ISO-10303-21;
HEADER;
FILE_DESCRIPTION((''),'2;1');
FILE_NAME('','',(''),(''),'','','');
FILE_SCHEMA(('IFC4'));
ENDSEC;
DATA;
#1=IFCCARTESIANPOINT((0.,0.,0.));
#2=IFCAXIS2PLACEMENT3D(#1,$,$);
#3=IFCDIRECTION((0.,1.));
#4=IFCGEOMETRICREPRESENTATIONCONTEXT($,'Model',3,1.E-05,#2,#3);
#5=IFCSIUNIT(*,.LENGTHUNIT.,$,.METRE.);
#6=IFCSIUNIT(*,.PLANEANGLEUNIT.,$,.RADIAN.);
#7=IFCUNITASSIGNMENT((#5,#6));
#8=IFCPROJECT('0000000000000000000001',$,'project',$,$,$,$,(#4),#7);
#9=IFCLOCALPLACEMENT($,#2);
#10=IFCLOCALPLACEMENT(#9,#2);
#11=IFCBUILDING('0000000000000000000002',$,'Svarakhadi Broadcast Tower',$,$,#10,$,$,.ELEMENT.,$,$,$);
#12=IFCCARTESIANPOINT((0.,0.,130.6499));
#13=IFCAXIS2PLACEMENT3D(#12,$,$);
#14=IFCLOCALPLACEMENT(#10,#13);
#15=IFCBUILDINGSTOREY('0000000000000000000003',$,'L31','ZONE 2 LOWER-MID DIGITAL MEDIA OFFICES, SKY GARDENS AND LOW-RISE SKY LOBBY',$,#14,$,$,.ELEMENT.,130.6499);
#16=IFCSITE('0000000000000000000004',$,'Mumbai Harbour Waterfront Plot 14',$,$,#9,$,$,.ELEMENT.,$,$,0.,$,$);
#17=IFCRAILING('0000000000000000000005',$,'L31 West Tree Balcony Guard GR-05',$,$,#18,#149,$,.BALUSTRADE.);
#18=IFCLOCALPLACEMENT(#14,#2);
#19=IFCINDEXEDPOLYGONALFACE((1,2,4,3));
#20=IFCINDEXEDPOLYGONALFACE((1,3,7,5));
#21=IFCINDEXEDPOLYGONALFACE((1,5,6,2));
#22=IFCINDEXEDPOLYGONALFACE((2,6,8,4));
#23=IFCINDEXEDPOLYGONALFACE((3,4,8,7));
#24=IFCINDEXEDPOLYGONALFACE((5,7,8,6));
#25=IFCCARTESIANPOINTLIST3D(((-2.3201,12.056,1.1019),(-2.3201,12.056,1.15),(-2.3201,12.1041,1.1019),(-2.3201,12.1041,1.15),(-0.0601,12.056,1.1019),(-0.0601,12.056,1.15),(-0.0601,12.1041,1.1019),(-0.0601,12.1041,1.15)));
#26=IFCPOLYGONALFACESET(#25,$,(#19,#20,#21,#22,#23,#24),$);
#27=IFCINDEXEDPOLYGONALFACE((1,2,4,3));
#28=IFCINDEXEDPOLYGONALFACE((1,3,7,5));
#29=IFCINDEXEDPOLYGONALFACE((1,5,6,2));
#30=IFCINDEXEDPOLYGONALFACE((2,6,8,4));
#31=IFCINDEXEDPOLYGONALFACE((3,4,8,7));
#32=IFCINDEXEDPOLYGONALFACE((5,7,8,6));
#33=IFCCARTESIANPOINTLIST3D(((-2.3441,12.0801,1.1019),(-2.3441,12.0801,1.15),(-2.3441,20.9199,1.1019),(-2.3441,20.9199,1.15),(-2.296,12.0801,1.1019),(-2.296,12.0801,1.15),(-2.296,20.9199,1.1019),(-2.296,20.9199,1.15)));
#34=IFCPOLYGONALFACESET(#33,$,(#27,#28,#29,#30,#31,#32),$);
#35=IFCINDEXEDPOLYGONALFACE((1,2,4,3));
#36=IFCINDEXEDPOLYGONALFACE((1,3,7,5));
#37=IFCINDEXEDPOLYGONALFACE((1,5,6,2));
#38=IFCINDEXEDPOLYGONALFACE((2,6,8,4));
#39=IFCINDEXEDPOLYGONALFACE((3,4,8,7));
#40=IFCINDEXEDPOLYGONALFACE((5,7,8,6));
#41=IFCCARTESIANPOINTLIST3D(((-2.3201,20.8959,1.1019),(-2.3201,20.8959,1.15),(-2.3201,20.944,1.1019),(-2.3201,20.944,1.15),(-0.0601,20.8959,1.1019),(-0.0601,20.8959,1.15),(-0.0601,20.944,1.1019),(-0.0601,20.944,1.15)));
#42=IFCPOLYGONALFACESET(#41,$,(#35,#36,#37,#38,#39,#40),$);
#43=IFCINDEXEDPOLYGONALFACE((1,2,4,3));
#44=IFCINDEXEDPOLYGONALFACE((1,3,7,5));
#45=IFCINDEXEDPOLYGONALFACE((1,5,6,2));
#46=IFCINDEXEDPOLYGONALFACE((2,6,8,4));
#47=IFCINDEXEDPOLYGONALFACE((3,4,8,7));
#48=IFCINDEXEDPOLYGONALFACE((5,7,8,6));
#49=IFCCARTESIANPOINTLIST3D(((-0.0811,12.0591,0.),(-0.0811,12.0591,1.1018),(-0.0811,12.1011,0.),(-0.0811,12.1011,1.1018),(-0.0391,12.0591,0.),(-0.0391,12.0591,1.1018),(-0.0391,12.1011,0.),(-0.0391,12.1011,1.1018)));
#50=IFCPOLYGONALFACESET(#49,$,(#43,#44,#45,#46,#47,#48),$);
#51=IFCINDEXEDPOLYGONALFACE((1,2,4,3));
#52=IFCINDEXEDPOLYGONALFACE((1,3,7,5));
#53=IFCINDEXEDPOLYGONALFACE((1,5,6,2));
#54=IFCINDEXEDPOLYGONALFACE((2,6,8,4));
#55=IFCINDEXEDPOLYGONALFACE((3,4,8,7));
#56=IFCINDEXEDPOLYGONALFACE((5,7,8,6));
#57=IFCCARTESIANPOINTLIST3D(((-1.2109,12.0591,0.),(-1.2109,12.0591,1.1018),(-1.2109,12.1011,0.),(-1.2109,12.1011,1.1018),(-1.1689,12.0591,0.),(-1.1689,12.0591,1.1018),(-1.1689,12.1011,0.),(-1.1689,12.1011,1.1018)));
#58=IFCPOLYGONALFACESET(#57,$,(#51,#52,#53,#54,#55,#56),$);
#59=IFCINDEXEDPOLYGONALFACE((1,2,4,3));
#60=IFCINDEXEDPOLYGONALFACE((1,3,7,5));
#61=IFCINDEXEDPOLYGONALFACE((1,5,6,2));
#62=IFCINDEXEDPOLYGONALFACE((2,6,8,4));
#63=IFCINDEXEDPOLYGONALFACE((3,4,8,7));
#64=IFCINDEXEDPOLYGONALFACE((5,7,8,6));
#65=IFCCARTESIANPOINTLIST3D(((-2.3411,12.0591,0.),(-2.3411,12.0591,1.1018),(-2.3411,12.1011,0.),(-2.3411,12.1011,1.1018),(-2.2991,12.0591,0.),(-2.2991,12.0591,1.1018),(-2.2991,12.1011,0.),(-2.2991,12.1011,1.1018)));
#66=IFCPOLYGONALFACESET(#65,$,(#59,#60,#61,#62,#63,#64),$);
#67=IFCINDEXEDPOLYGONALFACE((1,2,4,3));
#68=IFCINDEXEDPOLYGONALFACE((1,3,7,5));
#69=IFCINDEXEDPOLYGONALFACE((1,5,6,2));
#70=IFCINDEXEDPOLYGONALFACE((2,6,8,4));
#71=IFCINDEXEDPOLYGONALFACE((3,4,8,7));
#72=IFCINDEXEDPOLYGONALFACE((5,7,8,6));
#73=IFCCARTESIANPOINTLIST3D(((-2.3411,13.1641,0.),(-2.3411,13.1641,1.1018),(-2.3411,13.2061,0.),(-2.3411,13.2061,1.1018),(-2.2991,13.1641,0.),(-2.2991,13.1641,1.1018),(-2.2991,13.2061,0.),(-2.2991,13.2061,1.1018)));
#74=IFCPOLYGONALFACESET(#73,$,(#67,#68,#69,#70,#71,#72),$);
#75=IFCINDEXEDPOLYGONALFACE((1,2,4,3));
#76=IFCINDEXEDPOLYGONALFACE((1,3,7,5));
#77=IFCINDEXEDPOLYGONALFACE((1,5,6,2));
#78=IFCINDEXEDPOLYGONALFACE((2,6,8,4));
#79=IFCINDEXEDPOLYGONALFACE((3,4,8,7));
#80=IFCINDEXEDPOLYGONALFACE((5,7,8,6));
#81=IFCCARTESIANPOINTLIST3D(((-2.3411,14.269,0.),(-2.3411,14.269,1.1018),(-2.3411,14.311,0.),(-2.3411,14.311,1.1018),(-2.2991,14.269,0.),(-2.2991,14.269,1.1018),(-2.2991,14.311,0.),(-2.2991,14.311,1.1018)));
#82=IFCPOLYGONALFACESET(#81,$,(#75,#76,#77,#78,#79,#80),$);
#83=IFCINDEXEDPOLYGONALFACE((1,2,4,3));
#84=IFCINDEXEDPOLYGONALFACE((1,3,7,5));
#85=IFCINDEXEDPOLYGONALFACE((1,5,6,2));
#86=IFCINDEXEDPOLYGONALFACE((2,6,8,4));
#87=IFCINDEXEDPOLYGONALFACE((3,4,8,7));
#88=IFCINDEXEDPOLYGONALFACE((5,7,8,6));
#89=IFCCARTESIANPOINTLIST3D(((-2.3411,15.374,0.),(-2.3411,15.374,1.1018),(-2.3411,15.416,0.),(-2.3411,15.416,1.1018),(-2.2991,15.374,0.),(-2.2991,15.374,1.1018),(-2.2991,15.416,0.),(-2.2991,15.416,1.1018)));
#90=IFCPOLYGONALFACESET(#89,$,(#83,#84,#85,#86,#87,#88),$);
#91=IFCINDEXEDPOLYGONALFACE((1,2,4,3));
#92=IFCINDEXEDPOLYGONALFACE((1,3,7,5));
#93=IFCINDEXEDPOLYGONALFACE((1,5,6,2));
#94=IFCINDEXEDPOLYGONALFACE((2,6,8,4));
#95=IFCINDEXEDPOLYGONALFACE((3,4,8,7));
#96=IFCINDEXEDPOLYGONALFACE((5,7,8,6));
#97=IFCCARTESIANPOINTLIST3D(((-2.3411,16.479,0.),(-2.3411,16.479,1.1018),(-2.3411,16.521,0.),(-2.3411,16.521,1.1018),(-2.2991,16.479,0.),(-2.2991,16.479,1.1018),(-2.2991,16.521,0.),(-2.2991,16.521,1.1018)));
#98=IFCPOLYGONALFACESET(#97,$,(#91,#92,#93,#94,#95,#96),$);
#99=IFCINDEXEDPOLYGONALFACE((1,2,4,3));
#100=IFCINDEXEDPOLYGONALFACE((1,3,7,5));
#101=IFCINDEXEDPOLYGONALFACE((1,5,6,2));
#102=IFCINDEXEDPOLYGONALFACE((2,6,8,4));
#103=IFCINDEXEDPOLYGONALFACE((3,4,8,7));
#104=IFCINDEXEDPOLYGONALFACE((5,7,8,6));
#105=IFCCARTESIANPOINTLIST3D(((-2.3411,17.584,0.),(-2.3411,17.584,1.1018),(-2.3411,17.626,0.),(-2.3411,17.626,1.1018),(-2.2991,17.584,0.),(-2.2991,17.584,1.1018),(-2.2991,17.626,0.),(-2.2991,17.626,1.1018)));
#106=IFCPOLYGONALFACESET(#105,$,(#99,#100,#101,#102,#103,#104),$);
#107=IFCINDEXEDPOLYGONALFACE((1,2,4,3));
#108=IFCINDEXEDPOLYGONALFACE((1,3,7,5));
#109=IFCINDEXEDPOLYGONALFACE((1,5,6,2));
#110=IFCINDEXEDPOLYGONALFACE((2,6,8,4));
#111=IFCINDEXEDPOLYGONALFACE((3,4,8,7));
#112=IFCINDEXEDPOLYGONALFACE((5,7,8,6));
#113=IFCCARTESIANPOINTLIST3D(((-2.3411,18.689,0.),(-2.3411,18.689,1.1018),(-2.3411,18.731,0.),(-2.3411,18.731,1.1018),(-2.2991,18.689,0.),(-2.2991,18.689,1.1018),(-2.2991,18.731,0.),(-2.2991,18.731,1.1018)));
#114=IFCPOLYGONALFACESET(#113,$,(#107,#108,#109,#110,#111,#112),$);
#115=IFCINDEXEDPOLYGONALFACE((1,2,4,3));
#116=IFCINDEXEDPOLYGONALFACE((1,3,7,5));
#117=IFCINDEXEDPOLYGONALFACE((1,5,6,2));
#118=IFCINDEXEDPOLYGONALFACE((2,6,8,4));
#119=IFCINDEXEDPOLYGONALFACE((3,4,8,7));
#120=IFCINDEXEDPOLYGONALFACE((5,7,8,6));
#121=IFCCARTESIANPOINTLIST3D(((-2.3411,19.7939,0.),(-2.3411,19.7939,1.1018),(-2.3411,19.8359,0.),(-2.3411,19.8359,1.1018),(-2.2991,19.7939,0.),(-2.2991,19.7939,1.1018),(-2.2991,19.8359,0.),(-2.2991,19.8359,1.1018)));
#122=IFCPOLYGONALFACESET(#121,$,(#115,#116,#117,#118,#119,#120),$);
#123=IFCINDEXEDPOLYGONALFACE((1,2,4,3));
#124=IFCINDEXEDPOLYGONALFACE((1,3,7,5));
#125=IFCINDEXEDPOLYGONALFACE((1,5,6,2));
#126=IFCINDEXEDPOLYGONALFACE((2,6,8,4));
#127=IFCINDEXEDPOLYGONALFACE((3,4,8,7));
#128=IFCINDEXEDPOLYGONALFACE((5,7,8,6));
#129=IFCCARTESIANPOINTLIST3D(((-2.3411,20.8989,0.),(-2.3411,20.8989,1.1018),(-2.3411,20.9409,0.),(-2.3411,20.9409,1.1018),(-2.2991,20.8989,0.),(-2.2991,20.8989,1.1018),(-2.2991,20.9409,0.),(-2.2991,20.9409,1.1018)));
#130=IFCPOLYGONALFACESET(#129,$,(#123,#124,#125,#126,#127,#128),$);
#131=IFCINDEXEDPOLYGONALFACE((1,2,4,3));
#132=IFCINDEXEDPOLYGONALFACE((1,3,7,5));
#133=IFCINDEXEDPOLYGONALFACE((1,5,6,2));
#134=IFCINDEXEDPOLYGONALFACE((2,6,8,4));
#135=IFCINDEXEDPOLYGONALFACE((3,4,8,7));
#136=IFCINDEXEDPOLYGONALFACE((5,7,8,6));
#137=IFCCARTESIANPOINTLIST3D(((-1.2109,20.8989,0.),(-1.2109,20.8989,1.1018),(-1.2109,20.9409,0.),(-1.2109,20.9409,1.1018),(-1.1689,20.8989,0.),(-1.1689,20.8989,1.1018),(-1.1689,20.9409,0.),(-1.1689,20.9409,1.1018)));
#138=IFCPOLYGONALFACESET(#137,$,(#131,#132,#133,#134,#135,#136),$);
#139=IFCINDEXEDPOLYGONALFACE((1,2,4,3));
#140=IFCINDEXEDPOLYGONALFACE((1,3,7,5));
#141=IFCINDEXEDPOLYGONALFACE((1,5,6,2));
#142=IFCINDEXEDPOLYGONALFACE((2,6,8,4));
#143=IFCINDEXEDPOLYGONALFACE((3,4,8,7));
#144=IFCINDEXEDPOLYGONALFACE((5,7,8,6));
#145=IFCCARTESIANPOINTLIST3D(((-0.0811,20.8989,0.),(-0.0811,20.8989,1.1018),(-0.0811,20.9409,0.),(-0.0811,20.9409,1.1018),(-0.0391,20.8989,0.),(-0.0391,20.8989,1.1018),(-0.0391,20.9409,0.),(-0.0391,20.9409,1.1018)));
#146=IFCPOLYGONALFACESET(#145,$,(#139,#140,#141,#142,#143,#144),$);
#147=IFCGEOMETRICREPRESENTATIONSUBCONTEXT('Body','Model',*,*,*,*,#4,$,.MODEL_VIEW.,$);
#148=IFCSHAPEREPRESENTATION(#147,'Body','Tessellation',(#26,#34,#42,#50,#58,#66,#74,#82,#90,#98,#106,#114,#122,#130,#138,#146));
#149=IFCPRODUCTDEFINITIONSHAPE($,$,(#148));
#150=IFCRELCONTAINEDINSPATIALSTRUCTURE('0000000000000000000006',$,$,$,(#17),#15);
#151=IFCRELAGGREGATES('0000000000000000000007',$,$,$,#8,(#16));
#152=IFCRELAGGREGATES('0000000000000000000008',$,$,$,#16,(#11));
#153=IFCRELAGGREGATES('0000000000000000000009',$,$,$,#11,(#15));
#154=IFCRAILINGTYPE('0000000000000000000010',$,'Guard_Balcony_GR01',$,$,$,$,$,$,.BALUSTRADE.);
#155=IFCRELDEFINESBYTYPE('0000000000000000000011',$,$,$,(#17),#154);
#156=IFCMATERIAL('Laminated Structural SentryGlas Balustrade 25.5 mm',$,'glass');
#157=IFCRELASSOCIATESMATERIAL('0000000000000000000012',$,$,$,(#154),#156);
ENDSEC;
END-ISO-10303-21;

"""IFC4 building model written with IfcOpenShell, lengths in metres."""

from ifc_helpers import new_model, si_unit, direction, frame, origin, origin_2d, place, context, subcontext, project, spatial, rectangle, extrude, material, type_object, element, save


model = new_model("IFC4")

# Units and contexts
model_context = context("Model", 3, precision=1e-05, world=origin(), true_north=direction((0.0, 1.0)))
body_context = subcontext(model_context, "Body", "Model", "MODEL_VIEW")
ifc_project = project(units=[si_unit("LENGTHUNIT", "METRE"), si_unit("PLANEANGLEUNIT", "RADIAN")], contexts=[model_context])

# Site, building, storey
site_placement = place(None, origin())
site = spatial("IfcSite", under=ifc_project, at=site_placement, Name="Mumbai Harbour Waterfront Plot 14", CompositionType="ELEMENT", RefElevation=0.0)
building_placement = place(site_placement, origin())
building = spatial("IfcBuilding", under=site, at=building_placement, Name="Svarakhadi Broadcast Tower", CompositionType="ELEMENT")
storey_placement = place(building_placement, frame((0.0, 0.0, 130.6499)))
storey = spatial("IfcBuildingStorey", under=building, at=storey_placement, Name="L31", Description="ZONE 2 LOWER-MID DIGITAL MEDIA OFFICES, SKY GARDENS AND LOW-RISE SKY LOBBY", CompositionType="ELEMENT", Elevation=130.6499)

# Railing
ifc_material_1 = material(Name="Laminated Structural SentryGlas Balustrade 25.5 mm", Category="glass")
railing_type = type_object("IfcRailingType", Name="Guard_Balcony_GR01", PredefinedType="BALUSTRADE", material=ifc_material_1)
railing_placement = place(storey_placement, frame((-0.0601, 12.0801, 0.0)))
element("IfcRailing", 1, at=railing_placement, inside=storey, type_object=railing_type, Name="L31 West Tree Balcony Guard GR-05", PredefinedType="BALUSTRADE", context=body_context, shape_type="SweptSolid", body=[
    extrude(rectangle(XDim=0.0481, YDim=0.0481, at=origin_2d()), frame((0.0, 0.0, 1.126), z_axis=(-1.0, 0.0, 0.0), x_axis=(0.0, -1.0, 0.0)), (0.0, 0.0, 1.0), 2.26),
    extrude(rectangle(XDim=0.0481, YDim=0.0481, at=origin_2d()), frame((-2.26, 0.0, 1.126), z_axis=(0.0, 1.0, 0.0), x_axis=(-1.0, 0.0, 0.0)), (0.0, 0.0, 1.0), 8.8398),
    extrude(rectangle(XDim=0.0481, YDim=0.0481, at=origin_2d()), frame((-2.26, 8.8398, 1.126), z_axis=(1.0, 0.0, 0.0), x_axis=(0.0, 1.0, 0.0)), (0.0, 0.0, 1.0), 2.26),
    extrude(rectangle(XDim=0.042, YDim=0.042, at=origin_2d()), origin(), (0.0, 0.0, 1.0), 1.1018),
    extrude(rectangle(XDim=0.042, YDim=0.042, at=origin_2d()), frame((-1.1299, 0.0, 0.0)), (0.0, 0.0, 1.0), 1.1018),
    extrude(rectangle(XDim=0.042, YDim=0.042, at=origin_2d()), frame((-2.26, 0.0, 0.0)), (0.0, 0.0, 1.0), 1.1018),
    extrude(rectangle(XDim=0.042, YDim=0.042, at=origin_2d()), frame((-2.26, 1.105, 0.0)), (0.0, 0.0, 1.0), 1.1018),
    extrude(rectangle(XDim=0.042, YDim=0.042, at=origin_2d()), frame((-2.26, 2.21, 0.0)), (0.0, 0.0, 1.0), 1.1018),
    extrude(rectangle(XDim=0.042, YDim=0.042, at=origin_2d()), frame((-2.26, 3.3149, 0.0)), (0.0, 0.0, 1.0), 1.1018),
    extrude(rectangle(XDim=0.042, YDim=0.042, at=origin_2d()), frame((-2.26, 4.4199, 0.0)), (0.0, 0.0, 1.0), 1.1018),
    extrude(rectangle(XDim=0.042, YDim=0.042, at=origin_2d()), frame((-2.26, 5.5249, 0.0)), (0.0, 0.0, 1.0), 1.1018),
    extrude(rectangle(XDim=0.042, YDim=0.042, at=origin_2d()), frame((-2.26, 6.6299, 0.0)), (0.0, 0.0, 1.0), 1.1018),
    extrude(rectangle(XDim=0.042, YDim=0.042, at=origin_2d()), frame((-2.26, 7.7349, 0.0)), (0.0, 0.0, 1.0), 1.1018),
    extrude(rectangle(XDim=0.042, YDim=0.042, at=origin_2d()), frame((-2.26, 8.8398, 0.0)), (0.0, 0.0, 1.0), 1.1018),
    extrude(rectangle(XDim=0.042, YDim=0.042, at=origin_2d()), frame((-1.1299, 8.8398, 0.0)), (0.0, 0.0, 1.0), 1.1018),
    extrude(rectangle(XDim=0.042, YDim=0.042, at=origin_2d()), frame((0.0, 8.8398, 0.0)), (0.0, 0.0, 1.0), 1.1018),
])

save(model, "model.ifc")
